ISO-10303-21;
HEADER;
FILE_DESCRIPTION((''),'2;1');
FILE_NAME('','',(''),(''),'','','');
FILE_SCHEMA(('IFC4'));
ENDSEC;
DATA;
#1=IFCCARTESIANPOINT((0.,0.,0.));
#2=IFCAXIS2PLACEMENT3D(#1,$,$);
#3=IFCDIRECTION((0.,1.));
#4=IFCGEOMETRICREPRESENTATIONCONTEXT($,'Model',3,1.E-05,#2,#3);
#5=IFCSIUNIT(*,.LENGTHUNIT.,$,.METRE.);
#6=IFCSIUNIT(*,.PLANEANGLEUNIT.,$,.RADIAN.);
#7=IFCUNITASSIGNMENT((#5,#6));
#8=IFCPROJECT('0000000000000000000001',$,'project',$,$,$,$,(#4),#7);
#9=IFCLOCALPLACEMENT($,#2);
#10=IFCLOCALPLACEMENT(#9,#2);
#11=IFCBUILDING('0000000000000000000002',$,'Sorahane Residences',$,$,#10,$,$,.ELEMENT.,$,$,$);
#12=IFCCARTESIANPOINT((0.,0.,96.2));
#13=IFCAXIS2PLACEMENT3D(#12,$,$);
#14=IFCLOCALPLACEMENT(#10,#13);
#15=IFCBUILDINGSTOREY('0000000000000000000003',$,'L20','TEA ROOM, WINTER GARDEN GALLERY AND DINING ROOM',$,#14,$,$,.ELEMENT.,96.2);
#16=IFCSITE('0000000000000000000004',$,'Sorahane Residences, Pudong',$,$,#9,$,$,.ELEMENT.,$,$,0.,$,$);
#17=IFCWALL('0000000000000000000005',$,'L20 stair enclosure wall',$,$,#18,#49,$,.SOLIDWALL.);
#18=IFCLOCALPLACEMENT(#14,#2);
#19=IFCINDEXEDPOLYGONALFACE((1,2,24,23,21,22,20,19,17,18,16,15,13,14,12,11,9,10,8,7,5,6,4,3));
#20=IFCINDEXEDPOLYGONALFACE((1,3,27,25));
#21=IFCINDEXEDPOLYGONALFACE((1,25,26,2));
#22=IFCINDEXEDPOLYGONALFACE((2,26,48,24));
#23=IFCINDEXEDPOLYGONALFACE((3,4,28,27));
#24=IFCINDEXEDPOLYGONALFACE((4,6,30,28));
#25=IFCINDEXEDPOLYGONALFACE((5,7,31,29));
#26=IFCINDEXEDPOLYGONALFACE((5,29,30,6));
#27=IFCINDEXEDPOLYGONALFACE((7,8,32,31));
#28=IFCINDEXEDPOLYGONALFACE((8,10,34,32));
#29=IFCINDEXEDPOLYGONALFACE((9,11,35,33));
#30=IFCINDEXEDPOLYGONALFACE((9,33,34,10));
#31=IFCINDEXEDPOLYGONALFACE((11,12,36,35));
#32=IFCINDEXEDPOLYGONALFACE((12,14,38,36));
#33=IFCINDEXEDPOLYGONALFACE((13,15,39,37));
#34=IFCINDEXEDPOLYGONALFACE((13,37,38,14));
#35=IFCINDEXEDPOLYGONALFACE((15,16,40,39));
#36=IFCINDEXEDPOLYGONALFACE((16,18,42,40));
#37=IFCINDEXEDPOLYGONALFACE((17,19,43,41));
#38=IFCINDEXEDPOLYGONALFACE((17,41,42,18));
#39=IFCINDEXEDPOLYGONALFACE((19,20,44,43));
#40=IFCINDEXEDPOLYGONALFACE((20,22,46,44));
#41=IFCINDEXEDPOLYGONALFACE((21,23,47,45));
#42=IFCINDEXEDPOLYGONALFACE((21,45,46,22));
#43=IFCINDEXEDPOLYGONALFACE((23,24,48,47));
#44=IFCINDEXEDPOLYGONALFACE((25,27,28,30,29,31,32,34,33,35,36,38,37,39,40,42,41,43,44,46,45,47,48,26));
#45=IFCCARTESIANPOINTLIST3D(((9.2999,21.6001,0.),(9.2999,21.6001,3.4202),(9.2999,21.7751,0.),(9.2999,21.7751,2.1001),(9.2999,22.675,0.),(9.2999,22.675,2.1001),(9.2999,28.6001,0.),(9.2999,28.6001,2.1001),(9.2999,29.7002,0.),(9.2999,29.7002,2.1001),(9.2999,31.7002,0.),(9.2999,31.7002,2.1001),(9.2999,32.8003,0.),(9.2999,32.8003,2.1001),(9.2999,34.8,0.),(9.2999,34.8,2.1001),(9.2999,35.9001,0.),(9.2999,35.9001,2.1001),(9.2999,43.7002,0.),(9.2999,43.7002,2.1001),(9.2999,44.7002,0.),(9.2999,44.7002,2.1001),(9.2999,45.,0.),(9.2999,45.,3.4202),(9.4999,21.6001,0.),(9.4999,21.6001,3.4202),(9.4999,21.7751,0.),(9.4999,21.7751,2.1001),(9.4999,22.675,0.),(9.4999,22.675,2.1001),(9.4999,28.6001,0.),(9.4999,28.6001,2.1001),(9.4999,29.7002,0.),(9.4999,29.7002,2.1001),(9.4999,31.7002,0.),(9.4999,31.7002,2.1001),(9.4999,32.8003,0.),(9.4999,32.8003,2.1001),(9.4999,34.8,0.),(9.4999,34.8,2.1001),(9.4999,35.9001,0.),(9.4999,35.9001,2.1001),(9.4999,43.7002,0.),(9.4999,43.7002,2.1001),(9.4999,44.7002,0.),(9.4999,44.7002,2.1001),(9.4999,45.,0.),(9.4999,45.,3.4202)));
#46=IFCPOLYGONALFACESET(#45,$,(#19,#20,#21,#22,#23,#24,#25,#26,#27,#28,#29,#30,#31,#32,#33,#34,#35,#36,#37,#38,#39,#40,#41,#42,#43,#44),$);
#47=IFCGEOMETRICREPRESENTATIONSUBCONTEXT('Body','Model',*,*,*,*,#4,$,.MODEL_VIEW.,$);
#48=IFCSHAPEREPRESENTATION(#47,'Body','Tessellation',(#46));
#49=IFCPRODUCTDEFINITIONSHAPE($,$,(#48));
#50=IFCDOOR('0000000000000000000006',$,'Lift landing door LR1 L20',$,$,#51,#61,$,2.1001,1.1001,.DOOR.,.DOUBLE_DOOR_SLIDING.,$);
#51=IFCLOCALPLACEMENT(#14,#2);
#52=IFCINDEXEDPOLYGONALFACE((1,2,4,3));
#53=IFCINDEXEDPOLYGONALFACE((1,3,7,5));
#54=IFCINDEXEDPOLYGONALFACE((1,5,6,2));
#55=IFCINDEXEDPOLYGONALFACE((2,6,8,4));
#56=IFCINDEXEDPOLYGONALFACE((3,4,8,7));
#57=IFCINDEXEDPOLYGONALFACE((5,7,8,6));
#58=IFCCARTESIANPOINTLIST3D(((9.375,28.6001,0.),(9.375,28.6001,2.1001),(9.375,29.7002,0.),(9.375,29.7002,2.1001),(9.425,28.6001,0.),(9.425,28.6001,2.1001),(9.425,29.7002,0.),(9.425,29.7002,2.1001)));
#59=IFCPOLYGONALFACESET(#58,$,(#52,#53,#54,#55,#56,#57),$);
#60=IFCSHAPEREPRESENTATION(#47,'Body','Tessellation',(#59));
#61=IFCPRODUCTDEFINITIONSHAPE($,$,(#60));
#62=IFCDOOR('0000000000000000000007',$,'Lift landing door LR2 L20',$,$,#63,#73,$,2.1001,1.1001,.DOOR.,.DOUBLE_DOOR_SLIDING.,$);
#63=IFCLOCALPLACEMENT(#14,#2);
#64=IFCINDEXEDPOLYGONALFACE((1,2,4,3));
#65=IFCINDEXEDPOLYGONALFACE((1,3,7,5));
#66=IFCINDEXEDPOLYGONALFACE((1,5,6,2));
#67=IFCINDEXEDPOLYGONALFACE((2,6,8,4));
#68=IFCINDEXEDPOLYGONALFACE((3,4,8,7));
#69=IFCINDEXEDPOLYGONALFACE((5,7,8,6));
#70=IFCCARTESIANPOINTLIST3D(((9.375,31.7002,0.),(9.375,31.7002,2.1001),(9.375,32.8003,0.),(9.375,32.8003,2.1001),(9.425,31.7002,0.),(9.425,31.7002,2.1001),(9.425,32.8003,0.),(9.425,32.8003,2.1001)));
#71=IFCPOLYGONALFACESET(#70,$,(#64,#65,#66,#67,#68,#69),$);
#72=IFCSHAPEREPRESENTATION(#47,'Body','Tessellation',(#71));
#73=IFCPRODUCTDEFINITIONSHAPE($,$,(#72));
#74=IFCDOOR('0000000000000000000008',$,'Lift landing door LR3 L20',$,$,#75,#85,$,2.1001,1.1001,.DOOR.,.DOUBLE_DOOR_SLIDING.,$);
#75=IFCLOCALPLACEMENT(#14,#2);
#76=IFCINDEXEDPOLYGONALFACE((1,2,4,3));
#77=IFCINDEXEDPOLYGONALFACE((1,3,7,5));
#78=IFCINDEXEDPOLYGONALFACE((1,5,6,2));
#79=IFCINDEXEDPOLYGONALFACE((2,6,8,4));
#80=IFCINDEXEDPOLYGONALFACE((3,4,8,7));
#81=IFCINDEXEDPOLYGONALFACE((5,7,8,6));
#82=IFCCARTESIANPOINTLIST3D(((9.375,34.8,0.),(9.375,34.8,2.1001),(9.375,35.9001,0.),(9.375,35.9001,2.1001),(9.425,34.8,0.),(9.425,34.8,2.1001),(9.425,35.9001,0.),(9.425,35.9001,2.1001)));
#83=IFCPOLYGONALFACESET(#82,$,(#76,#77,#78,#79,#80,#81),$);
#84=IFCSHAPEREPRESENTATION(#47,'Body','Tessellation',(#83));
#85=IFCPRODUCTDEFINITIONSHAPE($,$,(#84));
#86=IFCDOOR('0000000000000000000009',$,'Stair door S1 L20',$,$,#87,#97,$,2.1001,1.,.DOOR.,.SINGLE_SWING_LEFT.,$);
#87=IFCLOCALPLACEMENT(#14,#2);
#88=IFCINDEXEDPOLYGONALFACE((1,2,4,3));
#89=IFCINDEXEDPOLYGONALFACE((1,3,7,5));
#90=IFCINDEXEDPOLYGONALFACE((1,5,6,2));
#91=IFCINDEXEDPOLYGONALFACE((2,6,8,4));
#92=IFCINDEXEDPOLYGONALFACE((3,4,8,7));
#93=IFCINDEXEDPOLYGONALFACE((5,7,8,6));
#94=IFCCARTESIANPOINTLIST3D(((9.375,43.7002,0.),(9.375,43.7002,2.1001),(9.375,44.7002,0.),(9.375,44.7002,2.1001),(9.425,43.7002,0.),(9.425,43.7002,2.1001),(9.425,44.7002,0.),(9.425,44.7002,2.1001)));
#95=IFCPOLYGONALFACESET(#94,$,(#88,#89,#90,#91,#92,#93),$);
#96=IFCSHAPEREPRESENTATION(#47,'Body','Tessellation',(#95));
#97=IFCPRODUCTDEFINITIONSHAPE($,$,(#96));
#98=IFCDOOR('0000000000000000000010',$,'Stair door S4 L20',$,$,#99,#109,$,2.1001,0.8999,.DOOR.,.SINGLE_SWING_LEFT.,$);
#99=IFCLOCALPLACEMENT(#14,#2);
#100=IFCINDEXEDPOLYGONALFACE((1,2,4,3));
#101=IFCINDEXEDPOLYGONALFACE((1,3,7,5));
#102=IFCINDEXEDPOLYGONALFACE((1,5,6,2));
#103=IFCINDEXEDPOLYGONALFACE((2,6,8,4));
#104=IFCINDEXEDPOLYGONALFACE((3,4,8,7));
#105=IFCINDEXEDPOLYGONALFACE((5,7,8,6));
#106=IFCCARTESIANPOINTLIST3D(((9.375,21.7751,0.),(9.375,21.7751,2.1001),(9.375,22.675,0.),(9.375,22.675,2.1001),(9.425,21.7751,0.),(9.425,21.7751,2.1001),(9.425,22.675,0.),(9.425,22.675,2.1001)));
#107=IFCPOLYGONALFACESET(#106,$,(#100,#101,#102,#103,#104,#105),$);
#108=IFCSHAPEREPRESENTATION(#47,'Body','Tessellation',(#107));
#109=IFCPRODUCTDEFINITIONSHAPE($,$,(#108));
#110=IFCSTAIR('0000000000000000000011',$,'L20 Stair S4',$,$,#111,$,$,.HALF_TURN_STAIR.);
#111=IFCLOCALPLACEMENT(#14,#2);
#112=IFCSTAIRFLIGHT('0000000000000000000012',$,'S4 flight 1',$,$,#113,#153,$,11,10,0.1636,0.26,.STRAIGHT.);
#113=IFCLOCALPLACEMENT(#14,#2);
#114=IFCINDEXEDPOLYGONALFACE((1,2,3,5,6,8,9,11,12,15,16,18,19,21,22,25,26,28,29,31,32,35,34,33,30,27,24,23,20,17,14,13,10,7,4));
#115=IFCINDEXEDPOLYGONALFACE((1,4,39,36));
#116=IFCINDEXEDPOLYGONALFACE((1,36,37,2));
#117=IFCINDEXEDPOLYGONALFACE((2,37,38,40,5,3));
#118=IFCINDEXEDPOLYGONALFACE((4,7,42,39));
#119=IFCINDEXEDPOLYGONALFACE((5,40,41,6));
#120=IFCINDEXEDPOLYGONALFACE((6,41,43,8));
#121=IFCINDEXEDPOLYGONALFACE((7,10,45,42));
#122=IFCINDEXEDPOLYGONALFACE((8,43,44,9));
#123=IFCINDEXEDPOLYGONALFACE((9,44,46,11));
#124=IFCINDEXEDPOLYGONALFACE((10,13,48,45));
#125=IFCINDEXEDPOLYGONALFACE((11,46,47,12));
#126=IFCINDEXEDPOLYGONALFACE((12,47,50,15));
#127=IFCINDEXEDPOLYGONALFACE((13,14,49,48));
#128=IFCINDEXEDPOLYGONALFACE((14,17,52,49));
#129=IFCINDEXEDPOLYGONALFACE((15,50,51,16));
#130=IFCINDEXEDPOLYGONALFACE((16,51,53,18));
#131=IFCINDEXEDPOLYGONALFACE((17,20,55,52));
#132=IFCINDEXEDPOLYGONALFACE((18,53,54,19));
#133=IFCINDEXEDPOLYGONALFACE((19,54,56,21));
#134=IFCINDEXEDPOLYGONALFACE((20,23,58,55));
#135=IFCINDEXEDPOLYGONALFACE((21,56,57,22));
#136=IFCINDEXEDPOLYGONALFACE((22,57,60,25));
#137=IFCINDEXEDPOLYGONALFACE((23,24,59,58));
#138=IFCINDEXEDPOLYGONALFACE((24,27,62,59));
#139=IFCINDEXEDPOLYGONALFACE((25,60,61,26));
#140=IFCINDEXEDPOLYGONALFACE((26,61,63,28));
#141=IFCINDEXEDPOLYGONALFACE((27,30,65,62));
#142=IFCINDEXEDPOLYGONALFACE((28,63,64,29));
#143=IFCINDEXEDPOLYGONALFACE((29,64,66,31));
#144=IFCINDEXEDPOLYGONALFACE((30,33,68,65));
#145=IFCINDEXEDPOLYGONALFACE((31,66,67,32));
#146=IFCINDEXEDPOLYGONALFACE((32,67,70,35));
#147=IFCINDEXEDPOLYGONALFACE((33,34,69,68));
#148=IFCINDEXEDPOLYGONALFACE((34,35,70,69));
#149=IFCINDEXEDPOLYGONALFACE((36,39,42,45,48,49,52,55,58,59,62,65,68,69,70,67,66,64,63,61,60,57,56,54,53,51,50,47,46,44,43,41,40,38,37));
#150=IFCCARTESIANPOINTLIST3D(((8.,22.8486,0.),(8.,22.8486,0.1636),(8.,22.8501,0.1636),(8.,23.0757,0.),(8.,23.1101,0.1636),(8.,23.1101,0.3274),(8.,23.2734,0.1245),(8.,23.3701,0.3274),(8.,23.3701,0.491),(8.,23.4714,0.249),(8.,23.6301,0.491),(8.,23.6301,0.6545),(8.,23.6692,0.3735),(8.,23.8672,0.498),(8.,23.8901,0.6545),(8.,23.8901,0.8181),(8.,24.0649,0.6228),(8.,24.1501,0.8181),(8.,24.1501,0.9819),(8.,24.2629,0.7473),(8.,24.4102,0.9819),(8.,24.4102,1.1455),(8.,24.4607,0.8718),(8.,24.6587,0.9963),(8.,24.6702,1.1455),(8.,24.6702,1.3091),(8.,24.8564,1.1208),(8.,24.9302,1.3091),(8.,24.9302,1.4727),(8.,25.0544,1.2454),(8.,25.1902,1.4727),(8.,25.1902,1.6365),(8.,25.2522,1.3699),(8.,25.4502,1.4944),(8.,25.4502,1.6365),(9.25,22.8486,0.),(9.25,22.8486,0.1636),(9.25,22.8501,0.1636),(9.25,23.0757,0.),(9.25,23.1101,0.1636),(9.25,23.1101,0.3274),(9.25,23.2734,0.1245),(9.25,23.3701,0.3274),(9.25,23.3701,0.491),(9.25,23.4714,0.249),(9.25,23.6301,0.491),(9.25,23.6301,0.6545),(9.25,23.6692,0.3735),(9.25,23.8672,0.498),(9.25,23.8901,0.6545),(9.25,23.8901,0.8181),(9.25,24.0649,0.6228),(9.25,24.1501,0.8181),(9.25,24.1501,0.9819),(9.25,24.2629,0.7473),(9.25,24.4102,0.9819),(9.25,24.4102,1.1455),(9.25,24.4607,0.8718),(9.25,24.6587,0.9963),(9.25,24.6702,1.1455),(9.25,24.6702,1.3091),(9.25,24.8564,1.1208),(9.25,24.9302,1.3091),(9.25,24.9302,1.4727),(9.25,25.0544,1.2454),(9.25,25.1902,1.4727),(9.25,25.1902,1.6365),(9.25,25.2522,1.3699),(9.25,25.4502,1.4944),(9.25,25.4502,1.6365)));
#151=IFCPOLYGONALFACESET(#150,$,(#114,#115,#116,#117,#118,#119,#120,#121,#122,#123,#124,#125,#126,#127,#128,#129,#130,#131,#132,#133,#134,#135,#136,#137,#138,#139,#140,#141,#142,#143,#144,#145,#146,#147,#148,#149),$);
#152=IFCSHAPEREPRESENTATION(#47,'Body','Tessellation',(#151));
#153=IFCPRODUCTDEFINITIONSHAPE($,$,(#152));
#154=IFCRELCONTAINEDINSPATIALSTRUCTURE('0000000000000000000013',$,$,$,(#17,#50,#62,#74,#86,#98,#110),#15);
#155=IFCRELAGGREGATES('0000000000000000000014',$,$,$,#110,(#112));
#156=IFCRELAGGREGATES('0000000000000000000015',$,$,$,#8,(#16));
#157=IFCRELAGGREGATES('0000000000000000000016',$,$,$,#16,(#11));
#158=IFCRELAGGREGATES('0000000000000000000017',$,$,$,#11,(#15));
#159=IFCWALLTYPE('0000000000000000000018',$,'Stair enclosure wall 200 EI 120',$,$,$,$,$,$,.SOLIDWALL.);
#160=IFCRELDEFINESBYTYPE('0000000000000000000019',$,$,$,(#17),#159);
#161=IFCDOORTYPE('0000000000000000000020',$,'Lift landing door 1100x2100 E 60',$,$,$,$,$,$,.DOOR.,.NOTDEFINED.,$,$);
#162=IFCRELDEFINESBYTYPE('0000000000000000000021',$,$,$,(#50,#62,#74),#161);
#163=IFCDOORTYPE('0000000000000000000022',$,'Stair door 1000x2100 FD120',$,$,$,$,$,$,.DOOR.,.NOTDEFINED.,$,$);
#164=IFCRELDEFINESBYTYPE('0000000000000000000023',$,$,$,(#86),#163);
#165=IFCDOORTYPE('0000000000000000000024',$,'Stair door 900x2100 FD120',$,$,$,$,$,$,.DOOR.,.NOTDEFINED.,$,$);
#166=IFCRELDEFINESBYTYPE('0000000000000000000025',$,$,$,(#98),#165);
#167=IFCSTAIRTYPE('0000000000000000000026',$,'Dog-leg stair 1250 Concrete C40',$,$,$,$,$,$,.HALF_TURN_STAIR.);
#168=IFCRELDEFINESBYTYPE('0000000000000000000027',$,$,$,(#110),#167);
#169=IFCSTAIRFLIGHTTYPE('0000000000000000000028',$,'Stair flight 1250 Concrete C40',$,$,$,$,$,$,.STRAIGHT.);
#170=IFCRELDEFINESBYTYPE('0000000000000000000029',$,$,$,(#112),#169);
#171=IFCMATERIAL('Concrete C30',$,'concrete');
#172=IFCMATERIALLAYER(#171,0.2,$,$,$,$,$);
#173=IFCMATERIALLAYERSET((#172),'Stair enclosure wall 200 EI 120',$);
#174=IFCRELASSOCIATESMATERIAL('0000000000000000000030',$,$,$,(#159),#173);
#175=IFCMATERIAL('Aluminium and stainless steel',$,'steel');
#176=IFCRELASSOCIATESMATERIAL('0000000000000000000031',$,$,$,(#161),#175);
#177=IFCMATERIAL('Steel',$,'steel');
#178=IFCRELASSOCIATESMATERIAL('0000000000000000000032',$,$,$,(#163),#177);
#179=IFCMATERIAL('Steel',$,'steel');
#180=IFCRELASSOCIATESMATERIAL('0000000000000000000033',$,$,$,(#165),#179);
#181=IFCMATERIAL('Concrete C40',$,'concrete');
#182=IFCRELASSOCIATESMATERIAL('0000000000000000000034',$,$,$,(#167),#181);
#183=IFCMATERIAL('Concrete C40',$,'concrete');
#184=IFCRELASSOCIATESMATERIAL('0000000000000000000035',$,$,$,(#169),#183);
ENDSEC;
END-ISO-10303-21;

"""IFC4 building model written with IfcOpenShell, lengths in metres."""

from ifc_helpers import new_model, si_unit, direction, frame, frame_2d, origin, place, context, subcontext, project, spatial, polyline, rectangle, outline, extrude, material, layer, layer_set, type_object, element, fill, aggregate, save


model = new_model("IFC4")

# Units and contexts
model_context = context("Model", 3, precision=1e-05, world=origin(), true_north=direction((0.0, 1.0)))
body_context = subcontext(model_context, "Body", "Model", "MODEL_VIEW")
ifc_project = project(units=[si_unit("LENGTHUNIT", "METRE"), si_unit("PLANEANGLEUNIT", "RADIAN")], contexts=[model_context])

# Site, building, storey
site_placement = place(None, origin())
site = spatial("IfcSite", under=ifc_project, at=site_placement, Name="Sorahane Residences, Pudong", CompositionType="ELEMENT", RefElevation=0.0)
building_placement = place(site_placement, origin())
building = spatial("IfcBuilding", under=site, at=building_placement, Name="Sorahane Residences", CompositionType="ELEMENT")
storey_placement = place(building_placement, frame((0.0, 0.0, 96.2)))
storey = spatial("IfcBuildingStorey", under=building, at=storey_placement, Name="L20", Description="TEA ROOM, WINTER GARDEN GALLERY AND DINING ROOM", CompositionType="ELEMENT", Elevation=96.2)

# Wall, openings, doors
ifc_material_1 = material(Name="Concrete C30", Category="concrete")
ifc_layer_1 = layer(ifc_material_1, 0.2)
ifc_layer_set_1 = layer_set([ifc_layer_1], Name="Stair enclosure wall 200 EI 120")
wall_type_1 = type_object("IfcWallType", Name="Stair enclosure wall 200 EI 120", PredefinedType="SOLIDWALL", material=ifc_layer_set_1)
wall_1_placement = place(storey_placement, frame((9.3999, 21.6001, 0.0), z_axis=(0.0, 0.0, 1.0), x_axis=(0.0, 1.0, 0.0)))
wall_1 = element("IfcWall", 1, at=wall_1_placement, inside=storey, type_object=wall_type_1, Name="L20 stair enclosure wall", PredefinedType="SOLIDWALL", context=body_context, shape_type="SweptSolid", body=[
    extrude(rectangle(XDim=23.3999, YDim=0.2, at=frame_2d((11.7, 0.0))), origin(), (0.0, 0.0, 1.0), 3.4202),
])
opening_1_placement = place(wall_1_placement, frame((7.0, 0.0, 0.0)))
opening_1 = element("IfcOpeningElement", 2, at=opening_1_placement, cuts=wall_1, PredefinedType="OPENING", context=body_context, shape_type="SweptSolid", body=[
    extrude(rectangle(XDim=1.1001, YDim=2.1001, at=frame_2d((0.55, 1.05))), frame((0.0, 0.1099, 0.0), z_axis=(0.0, -1.0, 0.0), x_axis=(1.0, 0.0, 0.0)), (0.0, 0.0, 1.0), 0.22),
])
opening_2_placement = place(wall_1_placement, frame((10.1001, 0.0, 0.0)))
opening_2 = element("IfcOpeningElement", 3, at=opening_2_placement, cuts=wall_1, PredefinedType="OPENING", context=body_context, shape_type="SweptSolid", body=[
    extrude(rectangle(XDim=1.1001, YDim=2.1001, at=frame_2d((0.55, 1.05))), frame((0.0, 0.1099, 0.0), z_axis=(0.0, -1.0, 0.0), x_axis=(1.0, 0.0, 0.0)), (0.0, 0.0, 1.0), 0.22),
])
opening_3_placement = place(wall_1_placement, frame((13.2, 0.0, 0.0)))
opening_3 = element("IfcOpeningElement", 4, at=opening_3_placement, cuts=wall_1, PredefinedType="OPENING", context=body_context, shape_type="SweptSolid", body=[
    extrude(rectangle(XDim=1.1001, YDim=2.1001, at=frame_2d((0.55, 1.05))), frame((0.0, 0.1099, 0.0), z_axis=(0.0, -1.0, 0.0), x_axis=(1.0, 0.0, 0.0)), (0.0, 0.0, 1.0), 0.22),
])
opening_4_placement = place(wall_1_placement, frame((22.1001, 0.0, 0.0)))
opening_4 = element("IfcOpeningElement", 5, at=opening_4_placement, cuts=wall_1, PredefinedType="OPENING", context=body_context, shape_type="SweptSolid", body=[
    extrude(rectangle(XDim=1.0, YDim=2.1001, at=frame_2d((0.5, 1.05))), frame((0.0, 0.1099, 0.0), z_axis=(0.0, -1.0, 0.0), x_axis=(1.0, 0.0, 0.0)), (0.0, 0.0, 1.0), 0.22),
])
opening_5_placement = place(wall_1_placement, frame((0.175, 0.0, 0.0)))
opening_5 = element("IfcOpeningElement", 6, at=opening_5_placement, cuts=wall_1, PredefinedType="OPENING", context=body_context, shape_type="SweptSolid", body=[
    extrude(rectangle(XDim=0.8999, YDim=2.1001, at=frame_2d((0.45, 1.05))), frame((0.0, 0.1099, 0.0), z_axis=(0.0, -1.0, 0.0), x_axis=(1.0, 0.0, 0.0)), (0.0, 0.0, 1.0), 0.22),
])
ifc_material_2 = material(Name="Aluminium and stainless steel", Category="steel")
door_type_1 = type_object("IfcDoorType", Name="Lift landing door 1100x2100 E 60", OperationType="NOTDEFINED", PredefinedType="DOOR", material=ifc_material_2)
door_1_placement = place(opening_1_placement, origin())
door_1 = element("IfcDoor", 7, at=door_1_placement, inside=storey, type_object=door_type_1, Name="Lift landing door LR1 L20", OperationType="DOUBLE_DOOR_SLIDING", OverallHeight=2.1001, OverallWidth=1.1001, PredefinedType="DOOR", context=body_context, shape_type="SweptSolid", body=[
    extrude(rectangle(XDim=1.1001, YDim=2.1001, at=frame_2d((0.55, 1.05))), frame((0.0, 0.0249, 0.0), z_axis=(0.0, -1.0, 0.0), x_axis=(1.0, 0.0, 0.0)), (0.0, 0.0, 1.0), 0.05),
])
fill(opening_1, door_1)
door_2_placement = place(opening_2_placement, origin())
door_2 = element("IfcDoor", 8, at=door_2_placement, inside=storey, type_object=door_type_1, Name="Lift landing door LR2 L20", OperationType="DOUBLE_DOOR_SLIDING", OverallHeight=2.1001, OverallWidth=1.1001, PredefinedType="DOOR", context=body_context, shape_type="SweptSolid", body=[
    extrude(rectangle(XDim=1.1001, YDim=2.1001, at=frame_2d((0.55, 1.05))), frame((0.0, 0.0249, 0.0), z_axis=(0.0, -1.0, 0.0), x_axis=(1.0, 0.0, 0.0)), (0.0, 0.0, 1.0), 0.05),
])
fill(opening_2, door_2)
door_3_placement = place(opening_3_placement, origin())
door_3 = element("IfcDoor", 9, at=door_3_placement, inside=storey, type_object=door_type_1, Name="Lift landing door LR3 L20", OperationType="DOUBLE_DOOR_SLIDING", OverallHeight=2.1001, OverallWidth=1.1001, PredefinedType="DOOR", context=body_context, shape_type="SweptSolid", body=[
    extrude(rectangle(XDim=1.1001, YDim=2.1001, at=frame_2d((0.55, 1.05))), frame((0.0, 0.0249, 0.0), z_axis=(0.0, -1.0, 0.0), x_axis=(1.0, 0.0, 0.0)), (0.0, 0.0, 1.0), 0.05),
])
fill(opening_3, door_3)
ifc_material_3 = material(Name="Steel", Category="steel")
door_type_2 = type_object("IfcDoorType", Name="Stair door 1000x2100 FD120", OperationType="NOTDEFINED", PredefinedType="DOOR", material=ifc_material_3)
door_4_placement = place(opening_4_placement, origin())
door_4 = element("IfcDoor", 10, at=door_4_placement, inside=storey, type_object=door_type_2, Name="Stair door S1 L20", OperationType="SINGLE_SWING_LEFT", OverallHeight=2.1001, OverallWidth=1.0, PredefinedType="DOOR", context=body_context, shape_type="SweptSolid", body=[
    extrude(rectangle(XDim=1.0, YDim=2.1001, at=frame_2d((0.5, 1.05))), frame((0.0, 0.0249, 0.0), z_axis=(0.0, -1.0, 0.0), x_axis=(1.0, 0.0, 0.0)), (0.0, 0.0, 1.0), 0.05),
])
fill(opening_4, door_4)
ifc_material_4 = material(Name="Steel", Category="steel")
door_type_3 = type_object("IfcDoorType", Name="Stair door 900x2100 FD120", OperationType="NOTDEFINED", PredefinedType="DOOR", material=ifc_material_4)
door_5_placement = place(opening_5_placement, origin())
door_5 = element("IfcDoor", 11, at=door_5_placement, inside=storey, type_object=door_type_3, Name="Stair door S4 L20", OperationType="SINGLE_SWING_LEFT", OverallHeight=2.1001, OverallWidth=0.8999, PredefinedType="DOOR", context=body_context, shape_type="SweptSolid", body=[
    extrude(rectangle(XDim=0.8999, YDim=2.1001, at=frame_2d((0.45, 1.05))), frame((0.0, 0.0249, 0.0), z_axis=(0.0, -1.0, 0.0), x_axis=(1.0, 0.0, 0.0)), (0.0, 0.0, 1.0), 0.05),
])
fill(opening_5, door_5)

# Stair, stair flight
ifc_material_5 = material(Name="Concrete C40", Category="concrete")
stair_type = type_object("IfcStairType", Name="Dog-leg stair 1250 Concrete C40", PredefinedType="HALF_TURN_STAIR", material=ifc_material_5)
stair_placement = place(storey_placement, origin())
stair = element("IfcStair", 12, at=stair_placement, inside=storey, type_object=stair_type, Name="L20 Stair S4", PredefinedType="HALF_TURN_STAIR")
ifc_material_6 = material(Name="Concrete C40", Category="concrete")
stair_flight_type = type_object("IfcStairFlightType", Name="Stair flight 1250 Concrete C40", PredefinedType="STRAIGHT", material=ifc_material_6)
stair_flight_placement = place(storey_placement, frame((8.625, 22.8501, 0.0), z_axis=(0.0, 0.0, 1.0), x_axis=(0.0, 1.0, 0.0)))
stair_flight = element("IfcStairFlight", 13, at=stair_flight_placement, type_object=stair_flight_type, Name="S4 flight 1", NumberOfRisers=11, NumberOfTreads=10, PredefinedType="STRAIGHT", RiserHeight=0.1636, TreadLength=0.26, context=body_context, shape_type="SweptSolid", body=[
    extrude(outline(polyline([(-0.0015, 0.0), (-0.0015, 0.1636), (0.0, 0.1636), (0.26, 0.1636), (0.26, 0.3274), (0.52, 0.3274), (0.52, 0.491), (0.78, 0.491), (0.78, 0.6545), (1.04, 0.6545), (1.04, 0.8181), (1.3, 0.8181), (1.3, 0.9819), (1.5601, 0.9819), (1.5601, 1.1455), (1.8201, 1.1455), (1.8201, 1.3091), (2.0801, 1.3091), (2.0801, 1.4727), (2.3401, 1.4727), (2.3401, 1.6365), (2.6001, 1.6365), (2.6001, 1.8), (2.6001, 1.4944), (2.4021, 1.3699), (2.2043, 1.2454), (2.0063, 1.1208), (1.8086, 0.9963), (1.6106, 0.8718), (1.4128, 0.7473), (1.2148, 0.6228), (1.0171, 0.498), (0.8191, 0.3735), (0.6213, 0.249), (0.4233, 0.1245), (0.2256, 0.0), (-0.0015, 0.0)])), frame((0.0, 0.625, 0.0), z_axis=(0.0, -1.0, 0.0), x_axis=(1.0, 0.0, 0.0)), (0.0, 0.0, 1.0), 1.25),
])
aggregate(stair, [stair_flight])

save(model, "model.ifc")
